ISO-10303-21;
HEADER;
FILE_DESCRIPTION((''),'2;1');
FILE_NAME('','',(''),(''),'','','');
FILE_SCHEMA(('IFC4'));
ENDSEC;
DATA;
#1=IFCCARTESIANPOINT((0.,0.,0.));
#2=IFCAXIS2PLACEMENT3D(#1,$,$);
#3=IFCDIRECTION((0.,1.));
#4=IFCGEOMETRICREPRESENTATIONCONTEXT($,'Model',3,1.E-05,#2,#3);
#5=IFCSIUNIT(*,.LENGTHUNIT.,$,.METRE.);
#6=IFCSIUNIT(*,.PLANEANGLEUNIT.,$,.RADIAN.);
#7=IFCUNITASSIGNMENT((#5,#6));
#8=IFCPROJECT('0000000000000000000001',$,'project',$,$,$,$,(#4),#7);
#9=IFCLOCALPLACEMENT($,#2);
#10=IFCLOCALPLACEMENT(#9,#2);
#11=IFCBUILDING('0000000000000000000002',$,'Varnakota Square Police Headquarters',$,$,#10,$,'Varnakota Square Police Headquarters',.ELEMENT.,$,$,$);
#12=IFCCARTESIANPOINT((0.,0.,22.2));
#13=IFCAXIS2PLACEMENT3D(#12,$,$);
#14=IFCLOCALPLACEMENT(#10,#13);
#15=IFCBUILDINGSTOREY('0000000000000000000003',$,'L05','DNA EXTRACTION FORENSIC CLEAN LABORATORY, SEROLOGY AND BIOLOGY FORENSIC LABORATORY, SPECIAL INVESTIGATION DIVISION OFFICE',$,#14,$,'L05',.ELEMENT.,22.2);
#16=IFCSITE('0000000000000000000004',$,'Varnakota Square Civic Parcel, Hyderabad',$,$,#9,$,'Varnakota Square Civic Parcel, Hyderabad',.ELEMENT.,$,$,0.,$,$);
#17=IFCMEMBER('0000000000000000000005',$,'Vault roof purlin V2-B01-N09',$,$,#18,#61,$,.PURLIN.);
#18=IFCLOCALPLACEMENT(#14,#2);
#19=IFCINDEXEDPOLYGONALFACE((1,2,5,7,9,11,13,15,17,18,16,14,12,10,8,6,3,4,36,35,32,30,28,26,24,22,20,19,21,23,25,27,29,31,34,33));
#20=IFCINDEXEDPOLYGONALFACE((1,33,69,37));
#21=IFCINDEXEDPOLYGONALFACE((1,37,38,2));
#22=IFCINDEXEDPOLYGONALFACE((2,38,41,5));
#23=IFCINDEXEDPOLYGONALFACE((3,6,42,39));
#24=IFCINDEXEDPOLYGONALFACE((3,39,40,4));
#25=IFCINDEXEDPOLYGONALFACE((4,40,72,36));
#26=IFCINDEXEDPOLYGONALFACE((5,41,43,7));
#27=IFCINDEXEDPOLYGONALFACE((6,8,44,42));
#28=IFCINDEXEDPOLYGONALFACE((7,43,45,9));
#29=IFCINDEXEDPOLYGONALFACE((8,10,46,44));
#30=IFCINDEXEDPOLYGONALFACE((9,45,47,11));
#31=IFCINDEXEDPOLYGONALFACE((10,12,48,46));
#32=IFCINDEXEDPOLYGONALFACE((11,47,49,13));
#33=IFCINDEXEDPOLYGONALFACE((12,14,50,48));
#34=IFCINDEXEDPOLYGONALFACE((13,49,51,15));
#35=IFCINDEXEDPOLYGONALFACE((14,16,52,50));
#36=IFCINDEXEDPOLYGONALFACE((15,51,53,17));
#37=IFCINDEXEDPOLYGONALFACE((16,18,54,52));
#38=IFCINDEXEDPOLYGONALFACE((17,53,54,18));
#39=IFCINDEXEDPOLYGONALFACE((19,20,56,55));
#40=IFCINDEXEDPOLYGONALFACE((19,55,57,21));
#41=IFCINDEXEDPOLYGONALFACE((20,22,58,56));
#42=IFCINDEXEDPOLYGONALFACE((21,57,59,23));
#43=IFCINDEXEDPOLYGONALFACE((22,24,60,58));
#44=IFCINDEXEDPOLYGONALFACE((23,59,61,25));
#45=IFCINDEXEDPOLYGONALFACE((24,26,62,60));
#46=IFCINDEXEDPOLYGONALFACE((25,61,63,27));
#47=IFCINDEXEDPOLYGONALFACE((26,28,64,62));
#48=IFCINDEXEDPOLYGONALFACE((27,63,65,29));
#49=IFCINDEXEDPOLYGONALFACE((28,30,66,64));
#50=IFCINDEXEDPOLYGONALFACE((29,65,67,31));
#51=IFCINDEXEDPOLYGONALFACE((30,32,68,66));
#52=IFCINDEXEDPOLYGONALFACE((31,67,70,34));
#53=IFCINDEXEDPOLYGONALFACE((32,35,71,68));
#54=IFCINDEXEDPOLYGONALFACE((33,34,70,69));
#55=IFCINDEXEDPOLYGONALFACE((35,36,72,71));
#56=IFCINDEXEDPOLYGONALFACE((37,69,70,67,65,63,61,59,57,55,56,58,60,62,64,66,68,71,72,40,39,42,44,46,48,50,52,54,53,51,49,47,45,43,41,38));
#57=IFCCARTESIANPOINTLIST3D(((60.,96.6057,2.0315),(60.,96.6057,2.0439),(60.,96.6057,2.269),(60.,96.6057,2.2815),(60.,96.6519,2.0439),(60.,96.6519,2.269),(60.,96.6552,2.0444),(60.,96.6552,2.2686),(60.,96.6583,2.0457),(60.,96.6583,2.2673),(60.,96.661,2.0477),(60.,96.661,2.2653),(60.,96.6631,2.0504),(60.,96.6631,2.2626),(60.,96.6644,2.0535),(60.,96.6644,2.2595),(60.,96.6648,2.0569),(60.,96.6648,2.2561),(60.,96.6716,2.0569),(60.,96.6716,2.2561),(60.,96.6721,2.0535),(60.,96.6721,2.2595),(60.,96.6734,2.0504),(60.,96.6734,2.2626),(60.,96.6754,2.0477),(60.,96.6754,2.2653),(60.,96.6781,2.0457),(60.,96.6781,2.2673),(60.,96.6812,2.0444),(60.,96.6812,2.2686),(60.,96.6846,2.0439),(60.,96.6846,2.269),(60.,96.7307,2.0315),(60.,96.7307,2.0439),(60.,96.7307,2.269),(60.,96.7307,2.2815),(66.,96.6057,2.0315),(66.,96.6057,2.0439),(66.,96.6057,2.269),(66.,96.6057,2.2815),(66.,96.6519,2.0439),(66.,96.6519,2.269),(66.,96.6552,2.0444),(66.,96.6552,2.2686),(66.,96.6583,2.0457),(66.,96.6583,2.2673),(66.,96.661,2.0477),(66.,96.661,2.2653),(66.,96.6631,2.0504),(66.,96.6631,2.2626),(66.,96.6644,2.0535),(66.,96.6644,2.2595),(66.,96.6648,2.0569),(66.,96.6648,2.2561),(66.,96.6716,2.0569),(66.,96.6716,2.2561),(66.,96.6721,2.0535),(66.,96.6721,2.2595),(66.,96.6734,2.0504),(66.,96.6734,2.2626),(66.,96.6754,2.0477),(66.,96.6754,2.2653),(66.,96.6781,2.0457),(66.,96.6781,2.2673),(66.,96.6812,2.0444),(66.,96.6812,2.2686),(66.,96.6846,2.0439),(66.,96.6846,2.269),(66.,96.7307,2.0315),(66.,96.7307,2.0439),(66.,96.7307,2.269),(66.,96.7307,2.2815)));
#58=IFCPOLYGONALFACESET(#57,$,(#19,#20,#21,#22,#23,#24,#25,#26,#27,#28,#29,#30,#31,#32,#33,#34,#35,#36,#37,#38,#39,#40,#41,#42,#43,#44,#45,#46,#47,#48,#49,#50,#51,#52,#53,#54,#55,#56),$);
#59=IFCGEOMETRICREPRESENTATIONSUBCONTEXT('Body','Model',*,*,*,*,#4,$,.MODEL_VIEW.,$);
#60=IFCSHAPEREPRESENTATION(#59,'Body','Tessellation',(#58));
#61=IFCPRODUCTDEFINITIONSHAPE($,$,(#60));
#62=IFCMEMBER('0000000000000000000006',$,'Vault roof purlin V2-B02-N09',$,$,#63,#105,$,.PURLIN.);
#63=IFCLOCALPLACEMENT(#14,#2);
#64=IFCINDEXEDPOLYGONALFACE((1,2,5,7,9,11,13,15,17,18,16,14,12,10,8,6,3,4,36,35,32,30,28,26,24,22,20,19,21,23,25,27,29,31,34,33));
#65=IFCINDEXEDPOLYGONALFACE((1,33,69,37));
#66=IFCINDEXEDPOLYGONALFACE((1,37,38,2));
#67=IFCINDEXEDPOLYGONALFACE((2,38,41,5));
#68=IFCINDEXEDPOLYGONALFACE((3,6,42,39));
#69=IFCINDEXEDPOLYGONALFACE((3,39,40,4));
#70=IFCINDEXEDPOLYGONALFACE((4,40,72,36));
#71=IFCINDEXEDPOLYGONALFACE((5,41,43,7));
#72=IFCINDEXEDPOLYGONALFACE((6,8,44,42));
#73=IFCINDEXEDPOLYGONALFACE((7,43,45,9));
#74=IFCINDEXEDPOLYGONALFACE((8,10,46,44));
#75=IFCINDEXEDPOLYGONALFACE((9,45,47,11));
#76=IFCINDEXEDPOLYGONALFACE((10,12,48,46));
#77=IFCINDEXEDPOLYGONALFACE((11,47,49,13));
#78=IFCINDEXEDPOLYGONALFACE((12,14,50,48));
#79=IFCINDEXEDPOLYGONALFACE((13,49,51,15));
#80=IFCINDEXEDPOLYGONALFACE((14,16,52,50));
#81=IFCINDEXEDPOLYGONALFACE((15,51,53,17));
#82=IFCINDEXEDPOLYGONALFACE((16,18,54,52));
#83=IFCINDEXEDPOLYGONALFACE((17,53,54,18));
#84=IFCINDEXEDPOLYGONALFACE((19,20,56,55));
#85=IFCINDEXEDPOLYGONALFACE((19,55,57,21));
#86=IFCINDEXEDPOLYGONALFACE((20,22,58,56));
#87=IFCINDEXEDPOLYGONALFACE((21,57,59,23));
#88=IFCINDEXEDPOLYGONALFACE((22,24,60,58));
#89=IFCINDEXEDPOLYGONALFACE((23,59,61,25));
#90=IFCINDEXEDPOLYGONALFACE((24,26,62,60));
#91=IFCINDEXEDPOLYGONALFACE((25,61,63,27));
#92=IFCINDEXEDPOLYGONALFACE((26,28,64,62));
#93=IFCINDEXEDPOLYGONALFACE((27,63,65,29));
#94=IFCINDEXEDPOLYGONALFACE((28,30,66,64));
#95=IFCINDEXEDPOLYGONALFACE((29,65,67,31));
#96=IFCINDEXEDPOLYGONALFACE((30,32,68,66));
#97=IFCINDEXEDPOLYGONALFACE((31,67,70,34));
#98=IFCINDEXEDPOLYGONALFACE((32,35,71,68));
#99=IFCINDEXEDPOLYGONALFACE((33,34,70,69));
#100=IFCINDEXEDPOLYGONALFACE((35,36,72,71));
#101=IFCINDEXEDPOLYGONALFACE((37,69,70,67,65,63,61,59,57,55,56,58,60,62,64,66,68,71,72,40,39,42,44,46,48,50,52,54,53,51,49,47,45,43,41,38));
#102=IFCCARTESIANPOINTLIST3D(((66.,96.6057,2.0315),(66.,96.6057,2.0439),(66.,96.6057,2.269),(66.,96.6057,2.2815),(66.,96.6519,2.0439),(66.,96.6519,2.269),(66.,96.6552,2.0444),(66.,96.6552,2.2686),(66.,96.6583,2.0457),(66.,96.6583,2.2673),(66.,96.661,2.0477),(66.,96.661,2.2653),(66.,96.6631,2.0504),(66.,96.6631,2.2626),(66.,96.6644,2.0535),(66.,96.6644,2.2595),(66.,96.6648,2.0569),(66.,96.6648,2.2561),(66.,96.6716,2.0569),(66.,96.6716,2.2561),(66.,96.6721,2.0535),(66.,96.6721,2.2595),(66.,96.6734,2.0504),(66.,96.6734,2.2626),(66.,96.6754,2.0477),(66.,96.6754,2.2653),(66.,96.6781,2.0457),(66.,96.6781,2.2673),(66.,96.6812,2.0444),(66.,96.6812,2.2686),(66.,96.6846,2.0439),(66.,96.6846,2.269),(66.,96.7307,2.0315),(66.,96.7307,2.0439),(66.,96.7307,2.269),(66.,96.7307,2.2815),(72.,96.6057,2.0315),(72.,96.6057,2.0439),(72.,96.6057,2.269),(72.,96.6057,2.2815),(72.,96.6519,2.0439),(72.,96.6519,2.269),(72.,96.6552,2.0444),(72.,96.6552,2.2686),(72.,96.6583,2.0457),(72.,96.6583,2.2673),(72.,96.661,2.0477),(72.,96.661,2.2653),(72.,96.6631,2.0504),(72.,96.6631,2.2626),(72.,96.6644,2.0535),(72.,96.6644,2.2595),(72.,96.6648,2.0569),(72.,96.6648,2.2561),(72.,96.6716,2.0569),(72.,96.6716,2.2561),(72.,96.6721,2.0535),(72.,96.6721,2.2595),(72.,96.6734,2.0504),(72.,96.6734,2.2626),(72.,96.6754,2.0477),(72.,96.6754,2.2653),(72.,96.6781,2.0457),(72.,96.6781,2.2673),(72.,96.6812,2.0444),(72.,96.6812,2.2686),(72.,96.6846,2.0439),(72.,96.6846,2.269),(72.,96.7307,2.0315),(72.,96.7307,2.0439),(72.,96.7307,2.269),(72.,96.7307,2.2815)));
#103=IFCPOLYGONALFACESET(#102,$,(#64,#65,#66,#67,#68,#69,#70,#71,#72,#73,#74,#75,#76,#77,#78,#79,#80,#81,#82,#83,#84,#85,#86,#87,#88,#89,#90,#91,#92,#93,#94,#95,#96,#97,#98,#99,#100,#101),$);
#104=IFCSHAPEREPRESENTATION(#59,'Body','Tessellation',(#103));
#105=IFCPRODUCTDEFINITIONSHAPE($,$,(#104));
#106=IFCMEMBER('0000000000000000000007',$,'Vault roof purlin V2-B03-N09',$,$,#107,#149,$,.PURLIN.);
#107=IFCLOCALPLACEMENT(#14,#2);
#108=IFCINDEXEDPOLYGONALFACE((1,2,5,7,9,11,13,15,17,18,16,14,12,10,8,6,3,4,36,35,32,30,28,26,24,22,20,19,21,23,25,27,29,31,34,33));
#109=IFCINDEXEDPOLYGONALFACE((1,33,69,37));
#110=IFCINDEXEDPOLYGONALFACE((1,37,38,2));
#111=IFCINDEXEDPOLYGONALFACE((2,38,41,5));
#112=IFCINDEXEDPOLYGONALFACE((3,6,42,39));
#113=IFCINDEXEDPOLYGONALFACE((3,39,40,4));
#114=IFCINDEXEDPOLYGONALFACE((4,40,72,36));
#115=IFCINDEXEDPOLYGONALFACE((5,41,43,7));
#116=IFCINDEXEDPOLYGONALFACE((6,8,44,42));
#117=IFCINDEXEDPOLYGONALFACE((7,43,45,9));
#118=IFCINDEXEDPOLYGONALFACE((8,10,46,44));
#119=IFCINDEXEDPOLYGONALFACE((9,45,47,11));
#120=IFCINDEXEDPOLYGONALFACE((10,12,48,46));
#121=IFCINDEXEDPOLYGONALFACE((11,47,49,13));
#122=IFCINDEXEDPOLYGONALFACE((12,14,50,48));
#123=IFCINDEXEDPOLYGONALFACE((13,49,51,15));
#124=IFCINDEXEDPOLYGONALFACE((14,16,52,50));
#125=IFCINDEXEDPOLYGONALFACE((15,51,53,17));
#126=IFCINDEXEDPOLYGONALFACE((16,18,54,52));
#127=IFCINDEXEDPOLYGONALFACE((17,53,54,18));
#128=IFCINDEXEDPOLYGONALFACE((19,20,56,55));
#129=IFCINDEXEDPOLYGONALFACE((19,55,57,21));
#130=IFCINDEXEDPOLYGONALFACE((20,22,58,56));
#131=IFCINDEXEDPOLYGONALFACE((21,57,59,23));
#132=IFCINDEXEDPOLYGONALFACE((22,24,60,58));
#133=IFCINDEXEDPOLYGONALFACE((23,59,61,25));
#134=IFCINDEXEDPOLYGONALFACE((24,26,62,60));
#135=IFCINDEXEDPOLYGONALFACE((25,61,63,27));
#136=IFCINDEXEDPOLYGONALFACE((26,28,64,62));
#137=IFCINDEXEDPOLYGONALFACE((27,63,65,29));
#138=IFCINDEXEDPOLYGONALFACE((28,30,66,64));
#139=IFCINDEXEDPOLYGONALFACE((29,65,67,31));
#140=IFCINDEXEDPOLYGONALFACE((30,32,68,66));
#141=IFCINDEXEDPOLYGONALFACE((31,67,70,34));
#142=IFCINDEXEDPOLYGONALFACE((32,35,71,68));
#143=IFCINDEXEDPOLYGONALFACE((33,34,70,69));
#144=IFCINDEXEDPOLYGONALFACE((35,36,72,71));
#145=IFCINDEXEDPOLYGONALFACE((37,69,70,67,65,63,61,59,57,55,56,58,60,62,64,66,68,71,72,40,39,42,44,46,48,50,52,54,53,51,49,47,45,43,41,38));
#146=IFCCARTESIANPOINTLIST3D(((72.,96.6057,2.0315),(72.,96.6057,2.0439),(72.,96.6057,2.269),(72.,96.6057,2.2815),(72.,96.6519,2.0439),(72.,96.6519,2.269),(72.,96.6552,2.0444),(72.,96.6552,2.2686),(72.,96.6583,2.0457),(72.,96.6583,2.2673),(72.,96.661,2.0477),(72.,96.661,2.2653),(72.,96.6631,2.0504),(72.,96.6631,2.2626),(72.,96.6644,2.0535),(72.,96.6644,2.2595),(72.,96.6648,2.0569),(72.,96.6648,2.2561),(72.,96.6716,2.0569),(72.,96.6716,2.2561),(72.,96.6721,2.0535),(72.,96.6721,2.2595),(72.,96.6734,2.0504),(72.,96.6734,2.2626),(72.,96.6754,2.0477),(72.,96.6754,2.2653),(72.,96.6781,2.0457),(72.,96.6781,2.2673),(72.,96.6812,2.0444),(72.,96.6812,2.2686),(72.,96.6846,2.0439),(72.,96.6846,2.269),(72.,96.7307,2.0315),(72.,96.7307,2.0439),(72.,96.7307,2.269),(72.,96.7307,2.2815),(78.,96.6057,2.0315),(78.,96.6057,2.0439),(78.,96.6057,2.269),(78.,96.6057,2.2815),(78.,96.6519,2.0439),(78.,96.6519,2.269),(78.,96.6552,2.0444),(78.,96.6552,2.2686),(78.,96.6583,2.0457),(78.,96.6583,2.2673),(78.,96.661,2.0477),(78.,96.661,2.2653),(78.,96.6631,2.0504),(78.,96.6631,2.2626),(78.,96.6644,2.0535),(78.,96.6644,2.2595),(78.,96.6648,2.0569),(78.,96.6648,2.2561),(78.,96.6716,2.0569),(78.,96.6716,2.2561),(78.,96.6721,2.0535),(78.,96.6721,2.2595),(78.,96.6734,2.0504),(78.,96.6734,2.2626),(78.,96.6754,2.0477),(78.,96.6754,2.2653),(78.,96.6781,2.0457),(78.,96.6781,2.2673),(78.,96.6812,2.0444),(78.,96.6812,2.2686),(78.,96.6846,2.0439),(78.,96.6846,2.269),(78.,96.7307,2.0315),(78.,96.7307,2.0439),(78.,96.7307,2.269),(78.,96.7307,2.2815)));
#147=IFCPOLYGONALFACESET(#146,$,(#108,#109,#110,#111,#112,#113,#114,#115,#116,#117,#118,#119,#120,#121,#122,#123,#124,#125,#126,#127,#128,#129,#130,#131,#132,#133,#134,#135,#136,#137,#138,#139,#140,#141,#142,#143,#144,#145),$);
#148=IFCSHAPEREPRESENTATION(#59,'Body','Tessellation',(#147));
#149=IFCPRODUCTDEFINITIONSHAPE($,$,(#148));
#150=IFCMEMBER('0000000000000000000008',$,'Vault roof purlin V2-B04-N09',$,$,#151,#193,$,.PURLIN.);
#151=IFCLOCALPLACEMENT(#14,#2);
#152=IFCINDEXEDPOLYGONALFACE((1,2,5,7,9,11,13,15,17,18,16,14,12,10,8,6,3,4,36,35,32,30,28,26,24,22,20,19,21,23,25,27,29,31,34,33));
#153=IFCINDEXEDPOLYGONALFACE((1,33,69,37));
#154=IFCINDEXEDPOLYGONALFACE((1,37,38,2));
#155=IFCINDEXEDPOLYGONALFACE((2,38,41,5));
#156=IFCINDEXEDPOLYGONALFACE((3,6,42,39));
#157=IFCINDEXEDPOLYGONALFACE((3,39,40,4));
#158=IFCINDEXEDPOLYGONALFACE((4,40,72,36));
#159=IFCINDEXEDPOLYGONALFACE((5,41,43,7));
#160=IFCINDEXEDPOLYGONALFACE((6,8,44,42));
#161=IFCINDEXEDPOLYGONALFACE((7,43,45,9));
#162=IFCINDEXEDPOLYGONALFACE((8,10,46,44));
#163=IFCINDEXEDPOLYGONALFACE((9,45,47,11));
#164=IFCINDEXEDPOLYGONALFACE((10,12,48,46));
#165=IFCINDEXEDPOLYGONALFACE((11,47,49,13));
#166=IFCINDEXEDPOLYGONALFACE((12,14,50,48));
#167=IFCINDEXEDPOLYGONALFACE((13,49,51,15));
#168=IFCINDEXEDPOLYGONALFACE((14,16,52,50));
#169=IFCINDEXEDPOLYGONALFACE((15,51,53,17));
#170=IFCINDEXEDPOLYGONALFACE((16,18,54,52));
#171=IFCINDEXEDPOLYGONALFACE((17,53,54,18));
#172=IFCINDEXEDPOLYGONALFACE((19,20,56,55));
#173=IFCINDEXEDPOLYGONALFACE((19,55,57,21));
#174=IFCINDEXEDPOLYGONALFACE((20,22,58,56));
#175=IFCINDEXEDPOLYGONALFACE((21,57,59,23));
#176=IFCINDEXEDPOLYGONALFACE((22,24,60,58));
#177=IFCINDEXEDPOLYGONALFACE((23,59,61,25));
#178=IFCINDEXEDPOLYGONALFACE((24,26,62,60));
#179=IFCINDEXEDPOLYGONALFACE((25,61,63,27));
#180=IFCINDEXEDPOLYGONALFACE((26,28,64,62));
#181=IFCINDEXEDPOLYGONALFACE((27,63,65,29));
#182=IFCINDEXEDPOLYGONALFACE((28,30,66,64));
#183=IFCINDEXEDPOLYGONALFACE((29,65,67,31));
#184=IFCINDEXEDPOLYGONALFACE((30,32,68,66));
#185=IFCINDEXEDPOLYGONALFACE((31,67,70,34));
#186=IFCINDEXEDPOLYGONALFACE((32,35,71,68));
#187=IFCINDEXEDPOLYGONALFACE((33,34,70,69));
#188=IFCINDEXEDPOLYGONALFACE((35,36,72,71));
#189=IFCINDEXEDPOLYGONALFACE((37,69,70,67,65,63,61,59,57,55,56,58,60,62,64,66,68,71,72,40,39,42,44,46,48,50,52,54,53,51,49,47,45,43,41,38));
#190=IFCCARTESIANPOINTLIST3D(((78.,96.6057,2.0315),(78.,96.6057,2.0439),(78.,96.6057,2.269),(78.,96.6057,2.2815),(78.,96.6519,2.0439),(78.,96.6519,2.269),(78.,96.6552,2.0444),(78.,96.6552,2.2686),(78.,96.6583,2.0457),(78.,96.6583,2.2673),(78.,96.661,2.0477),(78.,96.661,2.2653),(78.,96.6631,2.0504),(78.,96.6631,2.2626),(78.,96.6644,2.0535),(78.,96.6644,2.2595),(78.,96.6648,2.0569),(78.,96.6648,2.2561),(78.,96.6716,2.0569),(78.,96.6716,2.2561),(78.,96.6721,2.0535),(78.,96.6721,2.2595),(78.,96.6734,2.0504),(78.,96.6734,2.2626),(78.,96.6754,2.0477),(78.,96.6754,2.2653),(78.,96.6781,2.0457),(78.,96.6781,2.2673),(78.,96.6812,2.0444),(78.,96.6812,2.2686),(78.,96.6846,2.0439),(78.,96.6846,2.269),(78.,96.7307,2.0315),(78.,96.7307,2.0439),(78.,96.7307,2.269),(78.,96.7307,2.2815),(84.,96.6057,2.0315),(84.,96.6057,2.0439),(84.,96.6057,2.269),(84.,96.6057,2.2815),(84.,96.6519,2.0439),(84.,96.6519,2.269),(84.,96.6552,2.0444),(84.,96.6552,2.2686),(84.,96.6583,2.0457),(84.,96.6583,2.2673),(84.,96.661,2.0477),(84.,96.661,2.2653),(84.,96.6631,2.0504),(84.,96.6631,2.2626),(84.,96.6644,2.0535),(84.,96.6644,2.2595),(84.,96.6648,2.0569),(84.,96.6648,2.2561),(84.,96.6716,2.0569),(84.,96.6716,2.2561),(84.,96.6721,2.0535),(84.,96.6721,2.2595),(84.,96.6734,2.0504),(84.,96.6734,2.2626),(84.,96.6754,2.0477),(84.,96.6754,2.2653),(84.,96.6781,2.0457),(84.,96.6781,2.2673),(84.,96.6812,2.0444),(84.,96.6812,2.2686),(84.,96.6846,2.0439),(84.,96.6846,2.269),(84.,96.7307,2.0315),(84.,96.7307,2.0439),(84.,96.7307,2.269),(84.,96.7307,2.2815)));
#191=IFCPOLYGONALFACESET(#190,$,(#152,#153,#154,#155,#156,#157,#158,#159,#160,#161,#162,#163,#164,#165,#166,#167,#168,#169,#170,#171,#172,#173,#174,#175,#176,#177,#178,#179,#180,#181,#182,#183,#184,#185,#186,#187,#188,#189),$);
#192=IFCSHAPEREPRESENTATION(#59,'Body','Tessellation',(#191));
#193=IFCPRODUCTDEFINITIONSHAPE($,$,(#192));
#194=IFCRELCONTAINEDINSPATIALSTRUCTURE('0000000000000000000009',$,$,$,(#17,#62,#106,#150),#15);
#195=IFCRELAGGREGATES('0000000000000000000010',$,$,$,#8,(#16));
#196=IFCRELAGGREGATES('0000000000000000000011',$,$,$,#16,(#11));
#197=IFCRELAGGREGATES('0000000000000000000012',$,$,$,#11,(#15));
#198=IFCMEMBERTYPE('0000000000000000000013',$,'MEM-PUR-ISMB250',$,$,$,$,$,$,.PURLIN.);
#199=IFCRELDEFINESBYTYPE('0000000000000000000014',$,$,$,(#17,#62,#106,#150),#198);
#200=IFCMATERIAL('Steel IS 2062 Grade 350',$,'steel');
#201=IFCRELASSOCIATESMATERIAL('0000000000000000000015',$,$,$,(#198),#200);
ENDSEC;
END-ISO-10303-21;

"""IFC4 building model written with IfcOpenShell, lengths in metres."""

from ifc_helpers import new_model, si_unit, direction, frame, origin, origin_2d, place, context, subcontext, project, spatial, i_section, extrude, material, material_profile, profile_set, type_object, element, save


model = new_model("IFC4")

# Units and contexts
model_context = context("Model", 3, precision=1e-05, world=origin(), true_north=direction((0.0, 1.0)))
body_context = subcontext(model_context, "Body", "Model", "MODEL_VIEW")
ifc_project = project(units=[si_unit("LENGTHUNIT", "METRE"), si_unit("PLANEANGLEUNIT", "RADIAN")], contexts=[model_context])

# Site, building, storey
site_placement = place(None, origin())
site = spatial("IfcSite", under=ifc_project, at=site_placement, Name="Varnakota Square Civic Parcel, Hyderabad", LongName="Varnakota Square Civic Parcel, Hyderabad", CompositionType="ELEMENT", RefElevation=0.0)
building_placement = place(site_placement, origin())
building = spatial("IfcBuilding", under=site, at=building_placement, Name="Varnakota Square Police Headquarters", LongName="Varnakota Square Police Headquarters", CompositionType="ELEMENT")
storey_placement = place(building_placement, frame((0.0, 0.0, 22.2)))
storey = spatial("IfcBuildingStorey", under=building, at=storey_placement, Name="L05", Description="DNA EXTRACTION FORENSIC CLEAN LABORATORY, SEROLOGY AND BIOLOGY FORENSIC LABORATORY, SPECIAL INVESTIGATION DIVISION OFFICE", LongName="L05", CompositionType="ELEMENT", Elevation=22.2)

# Shared definitions
ifc_material_1 = material(Name="Steel IS 2062 Grade 350", Category="steel")

# Members
ifc_material_profile_1 = material_profile(ifc_material_1, i_section(OverallWidth=0.125, OverallDepth=0.25, WebThickness=0.0068, FlangeThickness=0.0125, FilletRadius=0.0129, at=origin_2d()), Name="ISMB 250")
ifc_profile_set_1 = profile_set([ifc_material_profile_1], Name="Steel IS 2062 Grade 350")
member_type_1 = type_object("IfcMemberType", Name="MEM-PUR-ISMB250", PredefinedType="PURLIN", material=ifc_profile_set_1)
for number, where, z_axis, x_axis, name in (
    (1, (60.0, 96.6682, 2.1565), (1.0, 0.0, 0.0), (0.0, 1.0, 0.0), "Vault roof purlin V2-B01-N09"),
    (2, (66.0, 96.6682, 2.1565), (1.0, 0.0, 0.0), (0.0, 1.0, 0.0), "Vault roof purlin V2-B02-N09"),
    (3, (72.0, 96.6682, 2.1565), (1.0, 0.0, 0.0), (0.0, 1.0, 0.0), "Vault roof purlin V2-B03-N09"),
    (4, (78.0, 96.6682, 2.1565), (1.0, 0.0, 0.0), (0.0, 1.0, 0.0), "Vault roof purlin V2-B04-N09"),
):
    element("IfcMember", number, at=place(storey_placement, frame(where, z_axis=z_axis, x_axis=x_axis)), inside=storey, type_object=member_type_1, Name=name, PredefinedType="PURLIN", context=body_context, shape_type="SweptSolid", body=[
        extrude(i_section(OverallWidth=0.125, OverallDepth=0.25, WebThickness=0.0068, FlangeThickness=0.0125, FilletRadius=0.0129, at=origin_2d()), origin(), (0.0, 0.0, 1.0), 6.0),
    ])

save(model, "model.ifc")
